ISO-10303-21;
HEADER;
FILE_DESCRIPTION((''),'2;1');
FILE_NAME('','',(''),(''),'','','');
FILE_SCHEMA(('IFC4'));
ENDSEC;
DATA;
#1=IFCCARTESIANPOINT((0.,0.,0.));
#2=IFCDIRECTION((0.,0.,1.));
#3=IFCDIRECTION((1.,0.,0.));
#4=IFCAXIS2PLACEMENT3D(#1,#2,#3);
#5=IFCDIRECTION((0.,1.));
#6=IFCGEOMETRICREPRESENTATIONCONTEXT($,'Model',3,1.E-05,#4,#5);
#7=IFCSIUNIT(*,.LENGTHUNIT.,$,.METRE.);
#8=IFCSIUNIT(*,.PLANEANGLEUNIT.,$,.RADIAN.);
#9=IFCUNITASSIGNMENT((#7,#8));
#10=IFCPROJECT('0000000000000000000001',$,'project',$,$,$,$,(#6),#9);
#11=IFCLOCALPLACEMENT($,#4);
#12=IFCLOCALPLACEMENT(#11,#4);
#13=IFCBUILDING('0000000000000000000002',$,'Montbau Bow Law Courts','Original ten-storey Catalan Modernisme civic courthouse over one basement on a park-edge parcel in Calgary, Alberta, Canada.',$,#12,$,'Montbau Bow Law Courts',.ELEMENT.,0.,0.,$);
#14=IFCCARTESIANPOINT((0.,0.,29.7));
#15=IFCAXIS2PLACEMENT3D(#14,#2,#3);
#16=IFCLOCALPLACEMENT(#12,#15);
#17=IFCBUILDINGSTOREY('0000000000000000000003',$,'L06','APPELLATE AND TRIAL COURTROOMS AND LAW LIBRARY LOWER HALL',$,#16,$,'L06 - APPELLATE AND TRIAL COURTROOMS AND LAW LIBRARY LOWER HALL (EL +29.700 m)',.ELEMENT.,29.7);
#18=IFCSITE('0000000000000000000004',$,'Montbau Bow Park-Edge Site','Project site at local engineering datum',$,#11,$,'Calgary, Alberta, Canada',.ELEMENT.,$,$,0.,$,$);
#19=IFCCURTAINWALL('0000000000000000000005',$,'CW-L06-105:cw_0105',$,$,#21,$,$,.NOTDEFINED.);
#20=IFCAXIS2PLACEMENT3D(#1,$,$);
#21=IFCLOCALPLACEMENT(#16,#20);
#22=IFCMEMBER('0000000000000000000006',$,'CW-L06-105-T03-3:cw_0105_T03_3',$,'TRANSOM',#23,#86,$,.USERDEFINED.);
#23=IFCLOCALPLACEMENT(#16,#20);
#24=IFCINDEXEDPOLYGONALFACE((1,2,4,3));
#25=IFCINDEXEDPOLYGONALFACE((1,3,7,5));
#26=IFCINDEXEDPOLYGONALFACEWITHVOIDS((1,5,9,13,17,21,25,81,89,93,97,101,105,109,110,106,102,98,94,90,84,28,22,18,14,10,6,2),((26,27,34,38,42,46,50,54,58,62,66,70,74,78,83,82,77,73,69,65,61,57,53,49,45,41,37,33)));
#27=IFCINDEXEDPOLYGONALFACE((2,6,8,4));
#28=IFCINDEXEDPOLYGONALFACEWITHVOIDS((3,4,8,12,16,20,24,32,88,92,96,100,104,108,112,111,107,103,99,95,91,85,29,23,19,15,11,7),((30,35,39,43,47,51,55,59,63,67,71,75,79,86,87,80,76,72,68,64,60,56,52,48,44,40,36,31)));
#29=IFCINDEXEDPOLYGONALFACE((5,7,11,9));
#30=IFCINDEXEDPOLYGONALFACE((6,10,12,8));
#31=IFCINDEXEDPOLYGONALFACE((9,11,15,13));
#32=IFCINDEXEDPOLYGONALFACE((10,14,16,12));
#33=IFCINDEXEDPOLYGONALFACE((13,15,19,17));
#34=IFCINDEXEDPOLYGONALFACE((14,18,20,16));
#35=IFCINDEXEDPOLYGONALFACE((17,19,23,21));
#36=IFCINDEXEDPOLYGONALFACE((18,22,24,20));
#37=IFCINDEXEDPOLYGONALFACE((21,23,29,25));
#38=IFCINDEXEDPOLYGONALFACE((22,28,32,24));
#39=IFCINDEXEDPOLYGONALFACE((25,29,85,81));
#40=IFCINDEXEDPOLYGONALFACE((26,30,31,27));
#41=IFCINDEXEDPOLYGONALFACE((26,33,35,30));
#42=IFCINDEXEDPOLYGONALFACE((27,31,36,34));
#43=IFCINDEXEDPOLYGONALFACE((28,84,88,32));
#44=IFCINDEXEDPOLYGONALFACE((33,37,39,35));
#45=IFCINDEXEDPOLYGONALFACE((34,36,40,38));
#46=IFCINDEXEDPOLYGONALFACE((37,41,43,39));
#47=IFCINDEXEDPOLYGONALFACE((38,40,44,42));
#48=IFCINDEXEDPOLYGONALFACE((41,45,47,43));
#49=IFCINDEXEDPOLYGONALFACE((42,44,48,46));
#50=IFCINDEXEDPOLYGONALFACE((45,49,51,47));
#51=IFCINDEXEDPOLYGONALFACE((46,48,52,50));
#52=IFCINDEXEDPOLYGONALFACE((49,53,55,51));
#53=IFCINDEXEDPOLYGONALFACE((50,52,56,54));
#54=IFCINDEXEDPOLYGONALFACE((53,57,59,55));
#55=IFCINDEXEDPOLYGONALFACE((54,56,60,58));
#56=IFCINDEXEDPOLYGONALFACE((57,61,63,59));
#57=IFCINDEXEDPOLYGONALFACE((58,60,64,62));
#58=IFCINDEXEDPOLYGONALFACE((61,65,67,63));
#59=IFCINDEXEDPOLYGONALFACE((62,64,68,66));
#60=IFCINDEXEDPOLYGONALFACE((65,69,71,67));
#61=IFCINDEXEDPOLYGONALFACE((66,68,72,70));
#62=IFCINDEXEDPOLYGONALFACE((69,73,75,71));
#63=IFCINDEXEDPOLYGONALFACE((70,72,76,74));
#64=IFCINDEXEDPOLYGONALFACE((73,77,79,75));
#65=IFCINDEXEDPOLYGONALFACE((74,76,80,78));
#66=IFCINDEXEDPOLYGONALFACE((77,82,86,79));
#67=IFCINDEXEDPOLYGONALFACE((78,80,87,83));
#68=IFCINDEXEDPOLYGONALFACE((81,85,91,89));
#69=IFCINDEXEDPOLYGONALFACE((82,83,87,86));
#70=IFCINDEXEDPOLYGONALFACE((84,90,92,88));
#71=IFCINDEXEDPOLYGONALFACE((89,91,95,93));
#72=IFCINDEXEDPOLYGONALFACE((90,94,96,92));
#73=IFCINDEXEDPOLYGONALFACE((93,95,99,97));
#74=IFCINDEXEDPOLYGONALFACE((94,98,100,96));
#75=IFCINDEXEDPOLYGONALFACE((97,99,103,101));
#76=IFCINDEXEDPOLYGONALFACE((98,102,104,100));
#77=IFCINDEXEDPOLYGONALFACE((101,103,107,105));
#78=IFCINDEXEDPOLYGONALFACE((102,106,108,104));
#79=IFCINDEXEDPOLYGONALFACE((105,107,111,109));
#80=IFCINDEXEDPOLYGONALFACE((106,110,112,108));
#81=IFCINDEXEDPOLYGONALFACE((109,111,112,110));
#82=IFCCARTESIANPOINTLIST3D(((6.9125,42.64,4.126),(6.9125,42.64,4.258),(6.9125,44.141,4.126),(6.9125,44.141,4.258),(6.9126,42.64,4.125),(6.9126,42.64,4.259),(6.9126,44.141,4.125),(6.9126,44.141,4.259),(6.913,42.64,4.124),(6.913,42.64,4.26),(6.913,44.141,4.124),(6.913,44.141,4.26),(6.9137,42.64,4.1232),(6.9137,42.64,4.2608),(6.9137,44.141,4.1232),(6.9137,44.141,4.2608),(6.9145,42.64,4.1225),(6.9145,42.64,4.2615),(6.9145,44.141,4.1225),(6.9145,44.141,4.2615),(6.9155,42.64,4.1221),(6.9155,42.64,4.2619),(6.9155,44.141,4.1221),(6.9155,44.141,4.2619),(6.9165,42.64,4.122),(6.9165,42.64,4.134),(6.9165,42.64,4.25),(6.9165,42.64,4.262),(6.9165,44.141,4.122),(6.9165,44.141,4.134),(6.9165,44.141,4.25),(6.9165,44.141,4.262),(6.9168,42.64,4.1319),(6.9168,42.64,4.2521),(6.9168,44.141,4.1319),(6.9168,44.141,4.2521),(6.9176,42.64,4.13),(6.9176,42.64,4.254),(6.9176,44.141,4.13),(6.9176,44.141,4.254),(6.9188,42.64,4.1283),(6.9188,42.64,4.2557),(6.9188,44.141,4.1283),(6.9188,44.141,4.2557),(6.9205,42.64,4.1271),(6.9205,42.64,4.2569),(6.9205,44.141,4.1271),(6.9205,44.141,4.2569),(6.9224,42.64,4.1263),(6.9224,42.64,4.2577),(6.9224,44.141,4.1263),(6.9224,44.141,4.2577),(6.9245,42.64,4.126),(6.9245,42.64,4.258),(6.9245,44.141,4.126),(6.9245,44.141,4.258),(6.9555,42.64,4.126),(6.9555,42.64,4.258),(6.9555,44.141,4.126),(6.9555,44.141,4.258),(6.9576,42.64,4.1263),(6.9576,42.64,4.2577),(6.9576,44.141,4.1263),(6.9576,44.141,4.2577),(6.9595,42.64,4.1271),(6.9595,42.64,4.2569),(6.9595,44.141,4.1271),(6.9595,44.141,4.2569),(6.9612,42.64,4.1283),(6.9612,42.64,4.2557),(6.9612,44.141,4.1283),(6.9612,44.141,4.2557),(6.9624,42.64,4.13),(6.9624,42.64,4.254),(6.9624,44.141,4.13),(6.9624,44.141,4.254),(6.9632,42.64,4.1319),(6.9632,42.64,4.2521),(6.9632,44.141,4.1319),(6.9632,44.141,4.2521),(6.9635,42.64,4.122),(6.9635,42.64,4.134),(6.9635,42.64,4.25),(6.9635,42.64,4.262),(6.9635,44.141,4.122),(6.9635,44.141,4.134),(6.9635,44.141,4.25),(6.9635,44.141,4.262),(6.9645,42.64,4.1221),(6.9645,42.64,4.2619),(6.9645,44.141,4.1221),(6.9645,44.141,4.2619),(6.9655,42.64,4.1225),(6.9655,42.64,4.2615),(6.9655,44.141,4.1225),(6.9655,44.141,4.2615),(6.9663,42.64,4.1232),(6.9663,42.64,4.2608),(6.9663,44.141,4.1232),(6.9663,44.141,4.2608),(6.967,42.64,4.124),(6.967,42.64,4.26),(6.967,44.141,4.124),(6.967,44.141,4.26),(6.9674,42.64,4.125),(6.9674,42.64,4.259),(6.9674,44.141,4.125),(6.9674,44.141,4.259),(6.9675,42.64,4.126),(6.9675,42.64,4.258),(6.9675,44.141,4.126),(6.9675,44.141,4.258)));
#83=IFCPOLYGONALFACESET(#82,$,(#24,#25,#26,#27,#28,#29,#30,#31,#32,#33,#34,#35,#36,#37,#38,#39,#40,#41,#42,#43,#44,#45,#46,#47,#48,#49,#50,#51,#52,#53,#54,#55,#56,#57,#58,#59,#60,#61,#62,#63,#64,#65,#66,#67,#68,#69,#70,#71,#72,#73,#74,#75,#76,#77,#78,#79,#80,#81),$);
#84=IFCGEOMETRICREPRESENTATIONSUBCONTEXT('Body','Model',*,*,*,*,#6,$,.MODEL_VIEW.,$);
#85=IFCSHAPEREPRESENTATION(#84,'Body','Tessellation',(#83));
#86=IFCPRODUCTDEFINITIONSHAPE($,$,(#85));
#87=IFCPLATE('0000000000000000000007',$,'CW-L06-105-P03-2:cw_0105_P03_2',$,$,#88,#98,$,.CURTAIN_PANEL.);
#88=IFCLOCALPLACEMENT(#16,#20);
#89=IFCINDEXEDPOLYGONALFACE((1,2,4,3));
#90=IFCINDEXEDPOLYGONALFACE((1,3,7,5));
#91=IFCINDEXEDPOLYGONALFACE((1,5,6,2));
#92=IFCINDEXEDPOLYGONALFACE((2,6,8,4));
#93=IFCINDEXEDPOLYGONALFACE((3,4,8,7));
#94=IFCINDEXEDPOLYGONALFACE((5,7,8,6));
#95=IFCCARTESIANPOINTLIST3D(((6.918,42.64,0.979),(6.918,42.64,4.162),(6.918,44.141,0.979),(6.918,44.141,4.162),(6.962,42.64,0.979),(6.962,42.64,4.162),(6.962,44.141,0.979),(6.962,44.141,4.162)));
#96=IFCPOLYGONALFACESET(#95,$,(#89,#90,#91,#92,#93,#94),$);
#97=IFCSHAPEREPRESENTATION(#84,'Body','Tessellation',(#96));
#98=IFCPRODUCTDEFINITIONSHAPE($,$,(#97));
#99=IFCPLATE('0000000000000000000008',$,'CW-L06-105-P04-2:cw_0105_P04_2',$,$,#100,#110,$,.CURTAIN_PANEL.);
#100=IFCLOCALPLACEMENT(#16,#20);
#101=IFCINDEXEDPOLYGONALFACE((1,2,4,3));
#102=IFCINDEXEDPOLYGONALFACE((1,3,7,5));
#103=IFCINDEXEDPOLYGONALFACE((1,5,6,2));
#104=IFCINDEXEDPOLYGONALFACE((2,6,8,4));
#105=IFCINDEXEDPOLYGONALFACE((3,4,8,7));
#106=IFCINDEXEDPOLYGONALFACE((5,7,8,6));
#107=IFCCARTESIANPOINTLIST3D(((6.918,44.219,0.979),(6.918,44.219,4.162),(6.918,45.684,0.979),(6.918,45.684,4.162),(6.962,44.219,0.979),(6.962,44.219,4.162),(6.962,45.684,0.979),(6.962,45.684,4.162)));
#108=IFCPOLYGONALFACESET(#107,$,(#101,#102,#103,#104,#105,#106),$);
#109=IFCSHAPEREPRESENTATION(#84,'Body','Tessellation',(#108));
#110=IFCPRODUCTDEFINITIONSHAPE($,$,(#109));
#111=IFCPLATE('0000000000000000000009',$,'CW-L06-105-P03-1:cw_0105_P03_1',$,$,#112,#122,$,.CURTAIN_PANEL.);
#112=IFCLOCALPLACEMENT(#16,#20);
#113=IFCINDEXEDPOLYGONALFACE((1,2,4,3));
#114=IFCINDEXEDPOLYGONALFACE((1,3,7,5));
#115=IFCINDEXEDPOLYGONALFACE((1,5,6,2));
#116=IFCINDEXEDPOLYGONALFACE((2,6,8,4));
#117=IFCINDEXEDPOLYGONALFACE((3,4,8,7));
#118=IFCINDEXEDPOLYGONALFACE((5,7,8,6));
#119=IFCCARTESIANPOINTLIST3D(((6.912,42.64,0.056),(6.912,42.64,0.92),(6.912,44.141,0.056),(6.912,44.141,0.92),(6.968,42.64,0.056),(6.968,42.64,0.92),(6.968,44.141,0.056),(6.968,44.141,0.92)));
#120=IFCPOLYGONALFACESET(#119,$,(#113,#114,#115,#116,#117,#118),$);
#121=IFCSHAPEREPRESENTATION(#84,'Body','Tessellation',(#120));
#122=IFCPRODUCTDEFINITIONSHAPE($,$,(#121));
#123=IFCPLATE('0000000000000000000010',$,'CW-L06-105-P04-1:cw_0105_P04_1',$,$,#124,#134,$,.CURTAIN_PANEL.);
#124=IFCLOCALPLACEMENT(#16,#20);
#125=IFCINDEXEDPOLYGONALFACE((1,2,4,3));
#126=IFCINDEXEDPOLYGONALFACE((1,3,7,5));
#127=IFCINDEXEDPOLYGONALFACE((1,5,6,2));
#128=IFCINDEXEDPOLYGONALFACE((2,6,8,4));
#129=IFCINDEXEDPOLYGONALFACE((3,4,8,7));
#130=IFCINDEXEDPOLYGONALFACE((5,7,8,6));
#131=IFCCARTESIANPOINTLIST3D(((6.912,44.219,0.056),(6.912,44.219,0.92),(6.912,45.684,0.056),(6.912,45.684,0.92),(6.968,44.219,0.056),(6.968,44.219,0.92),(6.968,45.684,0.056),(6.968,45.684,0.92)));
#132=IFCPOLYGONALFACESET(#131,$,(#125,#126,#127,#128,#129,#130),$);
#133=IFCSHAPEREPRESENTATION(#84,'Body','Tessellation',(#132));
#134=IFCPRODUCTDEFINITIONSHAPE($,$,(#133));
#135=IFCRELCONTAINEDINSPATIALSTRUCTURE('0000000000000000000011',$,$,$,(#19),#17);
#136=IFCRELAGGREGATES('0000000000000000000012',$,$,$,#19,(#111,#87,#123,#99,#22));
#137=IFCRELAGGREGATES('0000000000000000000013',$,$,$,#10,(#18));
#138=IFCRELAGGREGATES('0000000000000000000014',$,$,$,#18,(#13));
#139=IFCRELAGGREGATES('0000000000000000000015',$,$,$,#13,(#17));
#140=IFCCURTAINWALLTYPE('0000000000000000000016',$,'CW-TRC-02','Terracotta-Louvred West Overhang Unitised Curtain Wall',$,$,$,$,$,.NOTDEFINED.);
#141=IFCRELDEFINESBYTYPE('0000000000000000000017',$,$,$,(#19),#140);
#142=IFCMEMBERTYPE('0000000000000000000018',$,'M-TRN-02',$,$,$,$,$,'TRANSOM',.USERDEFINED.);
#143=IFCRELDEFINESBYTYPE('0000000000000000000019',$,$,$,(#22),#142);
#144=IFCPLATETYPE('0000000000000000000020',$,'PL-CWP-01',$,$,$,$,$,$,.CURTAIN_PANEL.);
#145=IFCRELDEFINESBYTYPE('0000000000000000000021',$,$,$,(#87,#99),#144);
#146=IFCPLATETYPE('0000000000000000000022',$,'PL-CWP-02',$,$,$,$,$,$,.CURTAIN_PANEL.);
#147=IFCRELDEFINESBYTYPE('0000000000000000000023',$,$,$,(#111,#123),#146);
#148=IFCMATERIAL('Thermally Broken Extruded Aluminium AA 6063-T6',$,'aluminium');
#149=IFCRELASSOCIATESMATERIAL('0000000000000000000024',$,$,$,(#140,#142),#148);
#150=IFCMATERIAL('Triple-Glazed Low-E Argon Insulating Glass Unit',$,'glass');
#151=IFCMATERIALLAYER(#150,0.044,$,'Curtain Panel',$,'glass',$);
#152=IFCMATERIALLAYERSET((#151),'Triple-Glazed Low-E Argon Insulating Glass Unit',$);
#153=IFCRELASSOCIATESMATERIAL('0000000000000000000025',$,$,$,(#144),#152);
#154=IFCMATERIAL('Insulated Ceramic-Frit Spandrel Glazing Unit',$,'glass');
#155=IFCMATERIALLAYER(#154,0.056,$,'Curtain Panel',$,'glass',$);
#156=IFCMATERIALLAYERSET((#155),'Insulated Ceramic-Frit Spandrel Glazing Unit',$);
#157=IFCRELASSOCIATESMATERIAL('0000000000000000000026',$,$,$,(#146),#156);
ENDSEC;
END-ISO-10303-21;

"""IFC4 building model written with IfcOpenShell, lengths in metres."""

from ifc_helpers import new_model, si_unit, direction, frame, frame_2d, origin_with_axes, origin_2d_with_axis, place, context, subcontext, project, spatial, rectangle, hollow_rectangle, extrude, material, layer, layer_set, material_profile, profile_set, type_object, element, aggregate, save


model = new_model("IFC4")

# Units and contexts
model_context = context("Model", 3, precision=1e-05, world=origin_with_axes(), true_north=direction((0.0, 1.0)))
body_context = subcontext(model_context, "Body", "Model", "MODEL_VIEW")
ifc_project = project(units=[si_unit("LENGTHUNIT", "METRE"), si_unit("PLANEANGLEUNIT", "RADIAN")], contexts=[model_context])

# Site, building, storey
site_placement = place(None, origin_with_axes())
site = spatial("IfcSite", under=ifc_project, at=site_placement, Name="Montbau Bow Park-Edge Site", Description="Project site at local engineering datum", LongName="Calgary, Alberta, Canada", CompositionType="ELEMENT", RefElevation=0.0)
building_placement = place(site_placement, origin_with_axes())
building = spatial("IfcBuilding", under=site, at=building_placement, Name="Montbau Bow Law Courts", Description="Original ten-storey Catalan Modernisme civic courthouse over one basement on a park-edge parcel in Calgary, Alberta, Canada.", LongName="Montbau Bow Law Courts", CompositionType="ELEMENT", ElevationOfRefHeight=0.0, ElevationOfTerrain=0.0)
storey_placement = place(building_placement, frame((0.0, 0.0, 29.7), z_axis=(0.0, 0.0, 1.0), x_axis=(1.0, 0.0, 0.0)))
storey = spatial("IfcBuildingStorey", under=building, at=storey_placement, Name="L06", Description="APPELLATE AND TRIAL COURTROOMS AND LAW LIBRARY LOWER HALL", LongName="L06 - APPELLATE AND TRIAL COURTROOMS AND LAW LIBRARY LOWER HALL (EL +29.700 m)", CompositionType="ELEMENT", Elevation=29.7)

# Curtain wall, member, plates
ifc_material_1 = material(Name="Thermally Broken Extruded Aluminium AA 6063-T6", Category="aluminium")
curtain_wall_type = type_object("IfcCurtainWallType", Name="CW-TRC-02", Description="Terracotta-Louvred West Overhang Unitised Curtain Wall", PredefinedType="NOTDEFINED", material=ifc_material_1)
curtain_wall_placement = place(None, frame((6.94, 39.44, 29.7), z_axis=(0.0, 0.0, 1.0), x_axis=(1.0, 0.0, 0.0)))
curtain_wall = element("IfcCurtainWall", 1, at=curtain_wall_placement, inside=storey, type_object=curtain_wall_type, Name="CW-L06-105:cw_0105", PredefinedType="NOTDEFINED")
ifc_material_profile_1 = material_profile(ifc_material_1, hollow_rectangle(XDim=0.055, YDim=0.14, WallThickness=0.004, InnerFilletRadius=0.008, OuterFilletRadius=0.004, at=origin_2d_with_axis()), Name="CWT-140X55", Category="Main", Priority=0)
ifc_profile_set_1 = profile_set([ifc_material_profile_1], Name="Thermally Broken Extruded Aluminium AA 6063-T6")
member_type_1 = type_object("IfcMemberType", Name="M-TRN-02", ElementType="TRANSOM", PredefinedType="USERDEFINED", material=ifc_profile_set_1)
member_1_placement = place(None, frame((6.94, 42.64, 33.892), z_axis=(0.0, 1.0, 0.0), x_axis=(-1.0, 0.0, 0.0)))
member_1 = element("IfcMember", 2, at=member_1_placement, type_object=member_type_1, Name="CW-L06-105-T03-3:cw_0105_T03_3", ObjectType="TRANSOM", PredefinedType="USERDEFINED", context=body_context, shape_type="SweptSolid", body=[
    extrude(hollow_rectangle(XDim=0.055, YDim=0.14, WallThickness=0.004, InnerFilletRadius=0.008, OuterFilletRadius=0.004, at=origin_2d_with_axis()), origin_with_axes(), (0.0, 0.0, 1.0), 1.501),
])
ifc_material_2 = material(Name="Triple-Glazed Low-E Argon Insulating Glass Unit", Category="glass")
ifc_layer_1 = layer(ifc_material_2, 0.044, Name="Curtain Panel", Category="glass")
ifc_layer_set_1 = layer_set([ifc_layer_1], Name="Triple-Glazed Low-E Argon Insulating Glass Unit")
plate_type_1 = type_object("IfcPlateType", Name="PL-CWP-01", PredefinedType="CURTAIN_PANEL", material=ifc_layer_set_1)
plate_1_placement = place(None, frame((6.94, 42.64, 30.679), z_axis=(1.0, 0.0, 0.0), x_axis=(0.0, 1.0, 0.0)))
plate_1 = element("IfcPlate", 3, at=plate_1_placement, type_object=plate_type_1, Name="CW-L06-105-P03-2:cw_0105_P03_2", PredefinedType="CURTAIN_PANEL", context=body_context, shape_type="SweptSolid", body=[
    extrude(rectangle(XDim=1.501, YDim=3.183, at=frame_2d((0.7505, 1.5915), x_axis=(1.0, 0.0))), frame((0.0, 0.0, -0.022), z_axis=(0.0, 0.0, 1.0), x_axis=(1.0, 0.0, 0.0)), (0.0, 0.0, 1.0), 0.044),
])
plate_2_placement = place(None, frame((6.94, 44.219, 30.679), z_axis=(1.0, 0.0, 0.0), x_axis=(0.0, 1.0, 0.0)))
plate_2 = element("IfcPlate", 4, at=plate_2_placement, type_object=plate_type_1, Name="CW-L06-105-P04-2:cw_0105_P04_2", PredefinedType="CURTAIN_PANEL", context=body_context, shape_type="SweptSolid", body=[
    extrude(rectangle(XDim=1.465, YDim=3.183, at=frame_2d((0.7325, 1.5915), x_axis=(1.0, 0.0))), frame((0.0, 0.0, -0.022), z_axis=(0.0, 0.0, 1.0), x_axis=(1.0, 0.0, 0.0)), (0.0, 0.0, 1.0), 0.044),
])
ifc_material_3 = material(Name="Insulated Ceramic-Frit Spandrel Glazing Unit", Category="glass")
ifc_layer_2 = layer(ifc_material_3, 0.056, Name="Curtain Panel", Category="glass")
ifc_layer_set_2 = layer_set([ifc_layer_2], Name="Insulated Ceramic-Frit Spandrel Glazing Unit")
plate_type_2 = type_object("IfcPlateType", Name="PL-CWP-02", PredefinedType="CURTAIN_PANEL", material=ifc_layer_set_2)
plate_3_placement = place(None, frame((6.94, 42.64, 29.756), z_axis=(1.0, 0.0, 0.0), x_axis=(0.0, 1.0, 0.0)))
plate_3 = element("IfcPlate", 5, at=plate_3_placement, type_object=plate_type_2, Name="CW-L06-105-P03-1:cw_0105_P03_1", PredefinedType="CURTAIN_PANEL", context=body_context, shape_type="SweptSolid", body=[
    extrude(rectangle(XDim=1.501, YDim=0.864, at=frame_2d((0.7505, 0.432), x_axis=(1.0, 0.0))), frame((0.0, 0.0, -0.028), z_axis=(0.0, 0.0, 1.0), x_axis=(1.0, 0.0, 0.0)), (0.0, 0.0, 1.0), 0.056),
])
plate_4_placement = place(None, frame((6.94, 44.219, 29.756), z_axis=(1.0, 0.0, 0.0), x_axis=(0.0, 1.0, 0.0)))
plate_4 = element("IfcPlate", 6, at=plate_4_placement, type_object=plate_type_2, Name="CW-L06-105-P04-1:cw_0105_P04_1", PredefinedType="CURTAIN_PANEL", context=body_context, shape_type="SweptSolid", body=[
    extrude(rectangle(XDim=1.465, YDim=0.864, at=frame_2d((0.7325, 0.432), x_axis=(1.0, 0.0))), frame((0.0, 0.0, -0.028), z_axis=(0.0, 0.0, 1.0), x_axis=(1.0, 0.0, 0.0)), (0.0, 0.0, 1.0), 0.056),
])
aggregate(curtain_wall, [plate_3, plate_1, plate_4, plate_2, member_1])

save(model, "model.ifc")
